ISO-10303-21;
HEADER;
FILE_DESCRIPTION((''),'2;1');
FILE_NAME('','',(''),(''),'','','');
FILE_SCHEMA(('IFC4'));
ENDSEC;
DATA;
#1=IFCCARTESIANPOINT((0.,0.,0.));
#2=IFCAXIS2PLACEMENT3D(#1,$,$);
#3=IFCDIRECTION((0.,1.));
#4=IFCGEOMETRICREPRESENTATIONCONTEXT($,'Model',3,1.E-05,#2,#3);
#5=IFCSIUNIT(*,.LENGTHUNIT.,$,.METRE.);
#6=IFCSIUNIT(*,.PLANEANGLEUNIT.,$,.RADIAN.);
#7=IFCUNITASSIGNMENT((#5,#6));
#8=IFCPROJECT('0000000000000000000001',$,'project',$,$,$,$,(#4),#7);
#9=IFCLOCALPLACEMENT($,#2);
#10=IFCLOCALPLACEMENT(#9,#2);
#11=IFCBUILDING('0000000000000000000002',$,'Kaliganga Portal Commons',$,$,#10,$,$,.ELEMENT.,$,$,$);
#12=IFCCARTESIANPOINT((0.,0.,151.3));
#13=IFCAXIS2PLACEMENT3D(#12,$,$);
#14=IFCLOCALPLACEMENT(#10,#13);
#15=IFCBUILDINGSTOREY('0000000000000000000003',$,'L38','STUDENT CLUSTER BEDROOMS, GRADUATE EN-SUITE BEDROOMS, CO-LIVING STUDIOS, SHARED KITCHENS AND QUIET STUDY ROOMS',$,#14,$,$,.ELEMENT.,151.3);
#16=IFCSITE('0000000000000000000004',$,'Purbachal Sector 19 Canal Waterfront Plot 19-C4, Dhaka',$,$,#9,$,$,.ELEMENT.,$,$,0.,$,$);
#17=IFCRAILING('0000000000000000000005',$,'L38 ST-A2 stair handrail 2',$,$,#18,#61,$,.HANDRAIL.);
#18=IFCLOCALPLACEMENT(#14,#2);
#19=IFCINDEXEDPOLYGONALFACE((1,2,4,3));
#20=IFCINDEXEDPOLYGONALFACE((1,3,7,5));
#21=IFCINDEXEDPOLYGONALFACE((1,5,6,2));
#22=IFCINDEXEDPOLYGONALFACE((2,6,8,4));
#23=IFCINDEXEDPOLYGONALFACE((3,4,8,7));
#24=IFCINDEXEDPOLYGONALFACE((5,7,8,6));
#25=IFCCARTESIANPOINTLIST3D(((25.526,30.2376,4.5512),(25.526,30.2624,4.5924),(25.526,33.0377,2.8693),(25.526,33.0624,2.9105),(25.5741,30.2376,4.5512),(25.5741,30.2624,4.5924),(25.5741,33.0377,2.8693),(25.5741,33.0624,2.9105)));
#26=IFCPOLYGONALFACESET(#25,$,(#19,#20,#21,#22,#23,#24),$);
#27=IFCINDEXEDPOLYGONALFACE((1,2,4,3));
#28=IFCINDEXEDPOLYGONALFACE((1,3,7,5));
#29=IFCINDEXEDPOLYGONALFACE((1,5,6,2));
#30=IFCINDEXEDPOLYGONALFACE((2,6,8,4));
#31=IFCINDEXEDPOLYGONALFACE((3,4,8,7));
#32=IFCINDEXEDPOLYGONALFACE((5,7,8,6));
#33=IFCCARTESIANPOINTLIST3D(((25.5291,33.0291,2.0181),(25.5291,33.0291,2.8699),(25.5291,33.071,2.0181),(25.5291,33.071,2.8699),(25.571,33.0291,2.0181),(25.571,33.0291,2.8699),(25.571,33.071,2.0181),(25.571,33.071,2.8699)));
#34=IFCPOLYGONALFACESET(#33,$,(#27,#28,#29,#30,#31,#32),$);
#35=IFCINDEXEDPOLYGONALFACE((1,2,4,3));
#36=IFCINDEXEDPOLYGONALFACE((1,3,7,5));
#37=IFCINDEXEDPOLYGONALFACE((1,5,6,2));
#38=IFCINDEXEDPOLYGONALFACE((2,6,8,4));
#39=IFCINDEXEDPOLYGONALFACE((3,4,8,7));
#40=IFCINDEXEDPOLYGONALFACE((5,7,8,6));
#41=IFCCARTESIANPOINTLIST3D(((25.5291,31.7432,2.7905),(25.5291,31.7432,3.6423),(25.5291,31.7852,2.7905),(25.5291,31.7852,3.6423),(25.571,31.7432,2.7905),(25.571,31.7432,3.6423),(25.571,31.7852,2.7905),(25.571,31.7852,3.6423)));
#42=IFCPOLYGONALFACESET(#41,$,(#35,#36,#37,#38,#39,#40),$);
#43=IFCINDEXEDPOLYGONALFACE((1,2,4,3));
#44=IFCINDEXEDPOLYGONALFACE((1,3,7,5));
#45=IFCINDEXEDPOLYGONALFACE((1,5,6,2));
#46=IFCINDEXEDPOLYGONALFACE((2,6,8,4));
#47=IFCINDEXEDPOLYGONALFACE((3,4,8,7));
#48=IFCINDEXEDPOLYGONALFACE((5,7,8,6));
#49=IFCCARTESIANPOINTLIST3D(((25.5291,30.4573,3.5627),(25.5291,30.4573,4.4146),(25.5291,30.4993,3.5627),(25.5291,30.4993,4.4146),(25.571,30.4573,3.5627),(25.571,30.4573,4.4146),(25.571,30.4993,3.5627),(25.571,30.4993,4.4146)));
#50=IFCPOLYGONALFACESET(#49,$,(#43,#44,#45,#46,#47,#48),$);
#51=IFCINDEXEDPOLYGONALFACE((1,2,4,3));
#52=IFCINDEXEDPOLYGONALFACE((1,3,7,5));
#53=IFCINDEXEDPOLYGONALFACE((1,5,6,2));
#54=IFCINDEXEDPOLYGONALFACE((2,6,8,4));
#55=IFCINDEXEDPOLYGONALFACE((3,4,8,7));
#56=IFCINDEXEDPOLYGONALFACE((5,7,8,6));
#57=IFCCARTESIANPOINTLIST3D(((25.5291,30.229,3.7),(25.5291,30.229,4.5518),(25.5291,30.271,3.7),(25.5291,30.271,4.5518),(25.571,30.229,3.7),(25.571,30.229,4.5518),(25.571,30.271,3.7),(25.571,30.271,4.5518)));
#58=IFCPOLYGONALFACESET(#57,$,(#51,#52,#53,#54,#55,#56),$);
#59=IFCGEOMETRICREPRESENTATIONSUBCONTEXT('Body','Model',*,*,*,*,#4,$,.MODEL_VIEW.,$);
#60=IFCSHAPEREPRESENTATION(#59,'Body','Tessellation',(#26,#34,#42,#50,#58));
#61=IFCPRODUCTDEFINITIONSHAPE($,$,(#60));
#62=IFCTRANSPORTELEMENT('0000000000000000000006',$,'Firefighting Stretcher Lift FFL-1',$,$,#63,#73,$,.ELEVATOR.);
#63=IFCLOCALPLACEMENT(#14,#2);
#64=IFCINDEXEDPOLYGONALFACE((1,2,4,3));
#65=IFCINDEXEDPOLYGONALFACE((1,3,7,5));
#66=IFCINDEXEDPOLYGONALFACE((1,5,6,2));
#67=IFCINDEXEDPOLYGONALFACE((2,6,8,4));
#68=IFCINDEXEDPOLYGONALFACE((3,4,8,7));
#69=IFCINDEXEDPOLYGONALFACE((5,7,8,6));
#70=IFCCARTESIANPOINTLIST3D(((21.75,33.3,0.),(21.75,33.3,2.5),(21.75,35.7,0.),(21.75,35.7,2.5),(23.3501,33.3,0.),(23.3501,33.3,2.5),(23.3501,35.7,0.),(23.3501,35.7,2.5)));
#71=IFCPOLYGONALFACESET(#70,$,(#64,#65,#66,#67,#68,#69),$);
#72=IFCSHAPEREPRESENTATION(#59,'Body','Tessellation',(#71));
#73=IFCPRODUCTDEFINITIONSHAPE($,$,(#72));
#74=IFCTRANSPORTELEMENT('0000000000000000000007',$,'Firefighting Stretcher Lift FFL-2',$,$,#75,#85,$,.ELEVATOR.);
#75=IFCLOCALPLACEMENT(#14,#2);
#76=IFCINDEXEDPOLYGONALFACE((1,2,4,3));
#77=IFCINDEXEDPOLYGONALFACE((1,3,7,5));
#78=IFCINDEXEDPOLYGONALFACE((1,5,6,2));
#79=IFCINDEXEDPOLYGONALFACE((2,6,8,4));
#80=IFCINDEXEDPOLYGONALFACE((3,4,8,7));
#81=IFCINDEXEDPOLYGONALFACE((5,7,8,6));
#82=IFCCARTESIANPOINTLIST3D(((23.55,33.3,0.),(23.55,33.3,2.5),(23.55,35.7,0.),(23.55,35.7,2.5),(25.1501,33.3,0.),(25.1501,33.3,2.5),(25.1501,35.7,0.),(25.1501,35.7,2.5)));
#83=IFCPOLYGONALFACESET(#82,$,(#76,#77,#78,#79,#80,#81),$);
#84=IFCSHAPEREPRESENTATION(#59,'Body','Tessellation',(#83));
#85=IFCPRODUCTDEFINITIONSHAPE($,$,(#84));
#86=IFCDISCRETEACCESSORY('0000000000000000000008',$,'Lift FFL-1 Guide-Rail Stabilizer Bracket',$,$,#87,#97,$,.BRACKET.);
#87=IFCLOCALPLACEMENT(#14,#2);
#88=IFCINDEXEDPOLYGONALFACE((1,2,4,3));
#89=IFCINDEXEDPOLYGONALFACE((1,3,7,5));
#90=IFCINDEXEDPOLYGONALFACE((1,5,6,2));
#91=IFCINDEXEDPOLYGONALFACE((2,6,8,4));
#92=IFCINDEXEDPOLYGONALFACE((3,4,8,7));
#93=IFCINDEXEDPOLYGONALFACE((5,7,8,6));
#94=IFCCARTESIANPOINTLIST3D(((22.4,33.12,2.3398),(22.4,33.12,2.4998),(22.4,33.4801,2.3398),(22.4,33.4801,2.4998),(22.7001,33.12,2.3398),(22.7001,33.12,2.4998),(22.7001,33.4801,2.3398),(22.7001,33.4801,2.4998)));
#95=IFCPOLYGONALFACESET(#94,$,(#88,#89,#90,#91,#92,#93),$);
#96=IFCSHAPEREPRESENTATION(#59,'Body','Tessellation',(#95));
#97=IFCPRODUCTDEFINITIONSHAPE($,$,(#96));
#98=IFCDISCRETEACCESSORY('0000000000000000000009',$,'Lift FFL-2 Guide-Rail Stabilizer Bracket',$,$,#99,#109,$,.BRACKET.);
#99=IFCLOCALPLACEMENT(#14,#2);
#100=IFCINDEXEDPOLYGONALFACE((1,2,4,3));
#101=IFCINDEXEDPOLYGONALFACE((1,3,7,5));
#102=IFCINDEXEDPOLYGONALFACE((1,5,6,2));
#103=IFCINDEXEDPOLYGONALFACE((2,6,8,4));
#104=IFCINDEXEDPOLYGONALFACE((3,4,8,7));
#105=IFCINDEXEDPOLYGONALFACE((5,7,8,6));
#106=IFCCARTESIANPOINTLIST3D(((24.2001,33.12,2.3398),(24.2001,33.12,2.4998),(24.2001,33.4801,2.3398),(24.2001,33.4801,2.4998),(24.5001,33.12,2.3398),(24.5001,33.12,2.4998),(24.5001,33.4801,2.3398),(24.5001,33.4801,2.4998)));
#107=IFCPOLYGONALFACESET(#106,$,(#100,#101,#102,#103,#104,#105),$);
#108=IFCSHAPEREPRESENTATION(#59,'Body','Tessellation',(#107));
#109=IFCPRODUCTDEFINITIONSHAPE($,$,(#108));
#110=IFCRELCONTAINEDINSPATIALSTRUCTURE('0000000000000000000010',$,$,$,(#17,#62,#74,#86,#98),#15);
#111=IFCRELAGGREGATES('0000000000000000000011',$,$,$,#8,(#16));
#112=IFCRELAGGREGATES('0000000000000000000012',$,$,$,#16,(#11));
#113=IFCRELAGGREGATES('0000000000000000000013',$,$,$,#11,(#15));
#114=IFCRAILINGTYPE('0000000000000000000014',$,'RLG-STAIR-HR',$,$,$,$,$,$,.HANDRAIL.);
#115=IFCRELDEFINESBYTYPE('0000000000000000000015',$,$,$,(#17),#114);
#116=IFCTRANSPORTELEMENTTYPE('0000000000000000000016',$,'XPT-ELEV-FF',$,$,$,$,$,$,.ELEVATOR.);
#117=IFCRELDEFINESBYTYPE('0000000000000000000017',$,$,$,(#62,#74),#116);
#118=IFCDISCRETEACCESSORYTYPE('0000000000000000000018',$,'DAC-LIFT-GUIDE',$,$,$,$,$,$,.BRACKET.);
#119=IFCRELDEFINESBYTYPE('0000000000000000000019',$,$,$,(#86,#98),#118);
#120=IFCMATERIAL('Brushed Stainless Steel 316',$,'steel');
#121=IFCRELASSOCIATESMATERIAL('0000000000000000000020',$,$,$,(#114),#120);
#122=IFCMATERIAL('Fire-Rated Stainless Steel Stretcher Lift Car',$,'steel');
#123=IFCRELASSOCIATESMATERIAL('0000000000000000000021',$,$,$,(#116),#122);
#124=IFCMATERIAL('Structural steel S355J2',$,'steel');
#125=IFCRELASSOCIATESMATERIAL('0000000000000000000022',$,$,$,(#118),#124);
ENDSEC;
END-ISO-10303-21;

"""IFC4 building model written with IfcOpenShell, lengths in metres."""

from ifc_helpers import new_model, si_unit, direction, frame, origin, origin_2d, place, context, subcontext, project, spatial, rectangle, extrude, source, transform, mapped, material, type_object, element, save


model = new_model("IFC4")

# Units and contexts
model_context = context("Model", 3, precision=1e-05, world=origin(), true_north=direction((0.0, 1.0)))
body_context = subcontext(model_context, "Body", "Model", "MODEL_VIEW")
ifc_project = project(units=[si_unit("LENGTHUNIT", "METRE"), si_unit("PLANEANGLEUNIT", "RADIAN")], contexts=[model_context])

# Site, building, storey
site_placement = place(None, origin())
site = spatial("IfcSite", under=ifc_project, at=site_placement, Name="Purbachal Sector 19 Canal Waterfront Plot 19-C4, Dhaka", CompositionType="ELEMENT", RefElevation=0.0)
building_placement = place(site_placement, origin())
building = spatial("IfcBuilding", under=site, at=building_placement, Name="Kaliganga Portal Commons", CompositionType="ELEMENT")
storey_placement = place(building_placement, frame((0.0, 0.0, 151.3)))
storey = spatial("IfcBuildingStorey", under=building, at=storey_placement, Name="L38", Description="STUDENT CLUSTER BEDROOMS, GRADUATE EN-SUITE BEDROOMS, CO-LIVING STUDIOS, SHARED KITCHENS AND QUIET STUDY ROOMS", CompositionType="ELEMENT", Elevation=151.3)

# Railing
ifc_material_1 = material(Name="Brushed Stainless Steel 316", Category="steel")
railing_type_1 = type_object("IfcRailingType", Name="RLG-STAIR-HR", PredefinedType="HANDRAIL", material=ifc_material_1)
railing_1_placement = place(storey_placement, frame((25.55, 33.05, 2.0181)))
element("IfcRailing", 1, at=railing_1_placement, inside=storey, type_object=railing_type_1, Name="L38 ST-A2 stair handrail 2", PredefinedType="HANDRAIL", context=body_context, shape_type="SweptSolid", body=[
    extrude(rectangle(XDim=0.0481, YDim=0.0481, at=origin_2d()), frame((0.0, 0.0, 0.8718), z_axis=(0.0, -0.857242, 0.514913), x_axis=(1.0, 0.0, 0.0)), (0.0, 0.0, 1.0), 3.2664),
    extrude(rectangle(XDim=0.042, YDim=0.042, at=origin_2d()), origin(), (0.0, 0.0, 1.0), 0.8518),
    extrude(rectangle(XDim=0.042, YDim=0.042, at=origin_2d()), frame((0.0, -1.2859, 0.7725)), (0.0, 0.0, 1.0), 0.8518),
    extrude(rectangle(XDim=0.042, YDim=0.042, at=origin_2d()), frame((0.0, -2.5718, 1.5447)), (0.0, 0.0, 1.0), 0.8518),
    extrude(rectangle(XDim=0.042, YDim=0.042, at=origin_2d()), frame((0.0, -2.8, 1.6819)), (0.0, 0.0, 1.0), 0.8518),
])

# Transport elements
ifc_material_2 = material(Name="Fire-Rated Stainless Steel Stretcher Lift Car", Category="steel")
transport_element_type = type_object("IfcTransportElementType", Name="XPT-ELEV-FF", PredefinedType="ELEVATOR", material=ifc_material_2)
shared_shape_1 = source(origin(), body_context, "Body", "SweptSolid", [
    extrude(rectangle(XDim=1.6001, YDim=2.3999, at=origin_2d()), origin(), (0.0, 0.0, 1.0), 2.5),
])
for number, where, z_axis, x_axis, name in (
    (2, (22.55, 34.5, 0.0), (0.0, 0.0, 1.0), (1.0, 0.0, 0.0), "Firefighting Stretcher Lift FFL-1"),
    (3, (24.3501, 34.5, 0.0), (0.0, 0.0, 1.0), (1.0, 0.0, 0.0), "Firefighting Stretcher Lift FFL-2"),
):
    element("IfcTransportElement", number, at=place(storey_placement, frame(where, z_axis=z_axis, x_axis=x_axis)), inside=storey, type_object=transport_element_type, Name=name, PredefinedType="ELEVATOR", context=body_context, shape_type="MappedRepresentation", body=[
        mapped(shared_shape_1, transform((0.0, 0.0, 0.0), x_axis=(1.0, 0.0, 0.0), y_axis=(0.0, 1.0, 0.0), z_axis=(0.0, 0.0, 1.0), scale=1.0)),
    ])

# Discrete accessories
ifc_material_3 = material(Name="Structural steel S355J2", Category="steel")
discrete_accessory_type = type_object("IfcDiscreteAccessoryType", Name="DAC-LIFT-GUIDE", PredefinedType="BRACKET", material=ifc_material_3)
shared_shape_2 = source(origin(), body_context, "Body", "SweptSolid", [
    extrude(rectangle(XDim=0.3, YDim=0.3601, at=origin_2d()), origin(), (0.0, 0.0, 1.0), 0.1599),
])
for number, where, z_axis, x_axis, name in (
    (4, (22.55, 33.3, 2.3398), (0.0, 0.0, 1.0), (1.0, 0.0, 0.0), "Lift FFL-1 Guide-Rail Stabilizer Bracket"),
    (5, (24.3501, 33.3, 2.3398), (0.0, 0.0, 1.0), (1.0, 0.0, 0.0), "Lift FFL-2 Guide-Rail Stabilizer Bracket"),
):
    element("IfcDiscreteAccessory", number, at=place(storey_placement, frame(where, z_axis=z_axis, x_axis=x_axis)), inside=storey, type_object=discrete_accessory_type, Name=name, PredefinedType="BRACKET", context=body_context, shape_type="MappedRepresentation", body=[
        mapped(shared_shape_2, transform((0.0, 0.0, 0.0), x_axis=(1.0, 0.0, 0.0), y_axis=(0.0, 1.0, 0.0), z_axis=(0.0, 0.0, 1.0), scale=1.0)),
    ])

save(model, "model.ifc")
